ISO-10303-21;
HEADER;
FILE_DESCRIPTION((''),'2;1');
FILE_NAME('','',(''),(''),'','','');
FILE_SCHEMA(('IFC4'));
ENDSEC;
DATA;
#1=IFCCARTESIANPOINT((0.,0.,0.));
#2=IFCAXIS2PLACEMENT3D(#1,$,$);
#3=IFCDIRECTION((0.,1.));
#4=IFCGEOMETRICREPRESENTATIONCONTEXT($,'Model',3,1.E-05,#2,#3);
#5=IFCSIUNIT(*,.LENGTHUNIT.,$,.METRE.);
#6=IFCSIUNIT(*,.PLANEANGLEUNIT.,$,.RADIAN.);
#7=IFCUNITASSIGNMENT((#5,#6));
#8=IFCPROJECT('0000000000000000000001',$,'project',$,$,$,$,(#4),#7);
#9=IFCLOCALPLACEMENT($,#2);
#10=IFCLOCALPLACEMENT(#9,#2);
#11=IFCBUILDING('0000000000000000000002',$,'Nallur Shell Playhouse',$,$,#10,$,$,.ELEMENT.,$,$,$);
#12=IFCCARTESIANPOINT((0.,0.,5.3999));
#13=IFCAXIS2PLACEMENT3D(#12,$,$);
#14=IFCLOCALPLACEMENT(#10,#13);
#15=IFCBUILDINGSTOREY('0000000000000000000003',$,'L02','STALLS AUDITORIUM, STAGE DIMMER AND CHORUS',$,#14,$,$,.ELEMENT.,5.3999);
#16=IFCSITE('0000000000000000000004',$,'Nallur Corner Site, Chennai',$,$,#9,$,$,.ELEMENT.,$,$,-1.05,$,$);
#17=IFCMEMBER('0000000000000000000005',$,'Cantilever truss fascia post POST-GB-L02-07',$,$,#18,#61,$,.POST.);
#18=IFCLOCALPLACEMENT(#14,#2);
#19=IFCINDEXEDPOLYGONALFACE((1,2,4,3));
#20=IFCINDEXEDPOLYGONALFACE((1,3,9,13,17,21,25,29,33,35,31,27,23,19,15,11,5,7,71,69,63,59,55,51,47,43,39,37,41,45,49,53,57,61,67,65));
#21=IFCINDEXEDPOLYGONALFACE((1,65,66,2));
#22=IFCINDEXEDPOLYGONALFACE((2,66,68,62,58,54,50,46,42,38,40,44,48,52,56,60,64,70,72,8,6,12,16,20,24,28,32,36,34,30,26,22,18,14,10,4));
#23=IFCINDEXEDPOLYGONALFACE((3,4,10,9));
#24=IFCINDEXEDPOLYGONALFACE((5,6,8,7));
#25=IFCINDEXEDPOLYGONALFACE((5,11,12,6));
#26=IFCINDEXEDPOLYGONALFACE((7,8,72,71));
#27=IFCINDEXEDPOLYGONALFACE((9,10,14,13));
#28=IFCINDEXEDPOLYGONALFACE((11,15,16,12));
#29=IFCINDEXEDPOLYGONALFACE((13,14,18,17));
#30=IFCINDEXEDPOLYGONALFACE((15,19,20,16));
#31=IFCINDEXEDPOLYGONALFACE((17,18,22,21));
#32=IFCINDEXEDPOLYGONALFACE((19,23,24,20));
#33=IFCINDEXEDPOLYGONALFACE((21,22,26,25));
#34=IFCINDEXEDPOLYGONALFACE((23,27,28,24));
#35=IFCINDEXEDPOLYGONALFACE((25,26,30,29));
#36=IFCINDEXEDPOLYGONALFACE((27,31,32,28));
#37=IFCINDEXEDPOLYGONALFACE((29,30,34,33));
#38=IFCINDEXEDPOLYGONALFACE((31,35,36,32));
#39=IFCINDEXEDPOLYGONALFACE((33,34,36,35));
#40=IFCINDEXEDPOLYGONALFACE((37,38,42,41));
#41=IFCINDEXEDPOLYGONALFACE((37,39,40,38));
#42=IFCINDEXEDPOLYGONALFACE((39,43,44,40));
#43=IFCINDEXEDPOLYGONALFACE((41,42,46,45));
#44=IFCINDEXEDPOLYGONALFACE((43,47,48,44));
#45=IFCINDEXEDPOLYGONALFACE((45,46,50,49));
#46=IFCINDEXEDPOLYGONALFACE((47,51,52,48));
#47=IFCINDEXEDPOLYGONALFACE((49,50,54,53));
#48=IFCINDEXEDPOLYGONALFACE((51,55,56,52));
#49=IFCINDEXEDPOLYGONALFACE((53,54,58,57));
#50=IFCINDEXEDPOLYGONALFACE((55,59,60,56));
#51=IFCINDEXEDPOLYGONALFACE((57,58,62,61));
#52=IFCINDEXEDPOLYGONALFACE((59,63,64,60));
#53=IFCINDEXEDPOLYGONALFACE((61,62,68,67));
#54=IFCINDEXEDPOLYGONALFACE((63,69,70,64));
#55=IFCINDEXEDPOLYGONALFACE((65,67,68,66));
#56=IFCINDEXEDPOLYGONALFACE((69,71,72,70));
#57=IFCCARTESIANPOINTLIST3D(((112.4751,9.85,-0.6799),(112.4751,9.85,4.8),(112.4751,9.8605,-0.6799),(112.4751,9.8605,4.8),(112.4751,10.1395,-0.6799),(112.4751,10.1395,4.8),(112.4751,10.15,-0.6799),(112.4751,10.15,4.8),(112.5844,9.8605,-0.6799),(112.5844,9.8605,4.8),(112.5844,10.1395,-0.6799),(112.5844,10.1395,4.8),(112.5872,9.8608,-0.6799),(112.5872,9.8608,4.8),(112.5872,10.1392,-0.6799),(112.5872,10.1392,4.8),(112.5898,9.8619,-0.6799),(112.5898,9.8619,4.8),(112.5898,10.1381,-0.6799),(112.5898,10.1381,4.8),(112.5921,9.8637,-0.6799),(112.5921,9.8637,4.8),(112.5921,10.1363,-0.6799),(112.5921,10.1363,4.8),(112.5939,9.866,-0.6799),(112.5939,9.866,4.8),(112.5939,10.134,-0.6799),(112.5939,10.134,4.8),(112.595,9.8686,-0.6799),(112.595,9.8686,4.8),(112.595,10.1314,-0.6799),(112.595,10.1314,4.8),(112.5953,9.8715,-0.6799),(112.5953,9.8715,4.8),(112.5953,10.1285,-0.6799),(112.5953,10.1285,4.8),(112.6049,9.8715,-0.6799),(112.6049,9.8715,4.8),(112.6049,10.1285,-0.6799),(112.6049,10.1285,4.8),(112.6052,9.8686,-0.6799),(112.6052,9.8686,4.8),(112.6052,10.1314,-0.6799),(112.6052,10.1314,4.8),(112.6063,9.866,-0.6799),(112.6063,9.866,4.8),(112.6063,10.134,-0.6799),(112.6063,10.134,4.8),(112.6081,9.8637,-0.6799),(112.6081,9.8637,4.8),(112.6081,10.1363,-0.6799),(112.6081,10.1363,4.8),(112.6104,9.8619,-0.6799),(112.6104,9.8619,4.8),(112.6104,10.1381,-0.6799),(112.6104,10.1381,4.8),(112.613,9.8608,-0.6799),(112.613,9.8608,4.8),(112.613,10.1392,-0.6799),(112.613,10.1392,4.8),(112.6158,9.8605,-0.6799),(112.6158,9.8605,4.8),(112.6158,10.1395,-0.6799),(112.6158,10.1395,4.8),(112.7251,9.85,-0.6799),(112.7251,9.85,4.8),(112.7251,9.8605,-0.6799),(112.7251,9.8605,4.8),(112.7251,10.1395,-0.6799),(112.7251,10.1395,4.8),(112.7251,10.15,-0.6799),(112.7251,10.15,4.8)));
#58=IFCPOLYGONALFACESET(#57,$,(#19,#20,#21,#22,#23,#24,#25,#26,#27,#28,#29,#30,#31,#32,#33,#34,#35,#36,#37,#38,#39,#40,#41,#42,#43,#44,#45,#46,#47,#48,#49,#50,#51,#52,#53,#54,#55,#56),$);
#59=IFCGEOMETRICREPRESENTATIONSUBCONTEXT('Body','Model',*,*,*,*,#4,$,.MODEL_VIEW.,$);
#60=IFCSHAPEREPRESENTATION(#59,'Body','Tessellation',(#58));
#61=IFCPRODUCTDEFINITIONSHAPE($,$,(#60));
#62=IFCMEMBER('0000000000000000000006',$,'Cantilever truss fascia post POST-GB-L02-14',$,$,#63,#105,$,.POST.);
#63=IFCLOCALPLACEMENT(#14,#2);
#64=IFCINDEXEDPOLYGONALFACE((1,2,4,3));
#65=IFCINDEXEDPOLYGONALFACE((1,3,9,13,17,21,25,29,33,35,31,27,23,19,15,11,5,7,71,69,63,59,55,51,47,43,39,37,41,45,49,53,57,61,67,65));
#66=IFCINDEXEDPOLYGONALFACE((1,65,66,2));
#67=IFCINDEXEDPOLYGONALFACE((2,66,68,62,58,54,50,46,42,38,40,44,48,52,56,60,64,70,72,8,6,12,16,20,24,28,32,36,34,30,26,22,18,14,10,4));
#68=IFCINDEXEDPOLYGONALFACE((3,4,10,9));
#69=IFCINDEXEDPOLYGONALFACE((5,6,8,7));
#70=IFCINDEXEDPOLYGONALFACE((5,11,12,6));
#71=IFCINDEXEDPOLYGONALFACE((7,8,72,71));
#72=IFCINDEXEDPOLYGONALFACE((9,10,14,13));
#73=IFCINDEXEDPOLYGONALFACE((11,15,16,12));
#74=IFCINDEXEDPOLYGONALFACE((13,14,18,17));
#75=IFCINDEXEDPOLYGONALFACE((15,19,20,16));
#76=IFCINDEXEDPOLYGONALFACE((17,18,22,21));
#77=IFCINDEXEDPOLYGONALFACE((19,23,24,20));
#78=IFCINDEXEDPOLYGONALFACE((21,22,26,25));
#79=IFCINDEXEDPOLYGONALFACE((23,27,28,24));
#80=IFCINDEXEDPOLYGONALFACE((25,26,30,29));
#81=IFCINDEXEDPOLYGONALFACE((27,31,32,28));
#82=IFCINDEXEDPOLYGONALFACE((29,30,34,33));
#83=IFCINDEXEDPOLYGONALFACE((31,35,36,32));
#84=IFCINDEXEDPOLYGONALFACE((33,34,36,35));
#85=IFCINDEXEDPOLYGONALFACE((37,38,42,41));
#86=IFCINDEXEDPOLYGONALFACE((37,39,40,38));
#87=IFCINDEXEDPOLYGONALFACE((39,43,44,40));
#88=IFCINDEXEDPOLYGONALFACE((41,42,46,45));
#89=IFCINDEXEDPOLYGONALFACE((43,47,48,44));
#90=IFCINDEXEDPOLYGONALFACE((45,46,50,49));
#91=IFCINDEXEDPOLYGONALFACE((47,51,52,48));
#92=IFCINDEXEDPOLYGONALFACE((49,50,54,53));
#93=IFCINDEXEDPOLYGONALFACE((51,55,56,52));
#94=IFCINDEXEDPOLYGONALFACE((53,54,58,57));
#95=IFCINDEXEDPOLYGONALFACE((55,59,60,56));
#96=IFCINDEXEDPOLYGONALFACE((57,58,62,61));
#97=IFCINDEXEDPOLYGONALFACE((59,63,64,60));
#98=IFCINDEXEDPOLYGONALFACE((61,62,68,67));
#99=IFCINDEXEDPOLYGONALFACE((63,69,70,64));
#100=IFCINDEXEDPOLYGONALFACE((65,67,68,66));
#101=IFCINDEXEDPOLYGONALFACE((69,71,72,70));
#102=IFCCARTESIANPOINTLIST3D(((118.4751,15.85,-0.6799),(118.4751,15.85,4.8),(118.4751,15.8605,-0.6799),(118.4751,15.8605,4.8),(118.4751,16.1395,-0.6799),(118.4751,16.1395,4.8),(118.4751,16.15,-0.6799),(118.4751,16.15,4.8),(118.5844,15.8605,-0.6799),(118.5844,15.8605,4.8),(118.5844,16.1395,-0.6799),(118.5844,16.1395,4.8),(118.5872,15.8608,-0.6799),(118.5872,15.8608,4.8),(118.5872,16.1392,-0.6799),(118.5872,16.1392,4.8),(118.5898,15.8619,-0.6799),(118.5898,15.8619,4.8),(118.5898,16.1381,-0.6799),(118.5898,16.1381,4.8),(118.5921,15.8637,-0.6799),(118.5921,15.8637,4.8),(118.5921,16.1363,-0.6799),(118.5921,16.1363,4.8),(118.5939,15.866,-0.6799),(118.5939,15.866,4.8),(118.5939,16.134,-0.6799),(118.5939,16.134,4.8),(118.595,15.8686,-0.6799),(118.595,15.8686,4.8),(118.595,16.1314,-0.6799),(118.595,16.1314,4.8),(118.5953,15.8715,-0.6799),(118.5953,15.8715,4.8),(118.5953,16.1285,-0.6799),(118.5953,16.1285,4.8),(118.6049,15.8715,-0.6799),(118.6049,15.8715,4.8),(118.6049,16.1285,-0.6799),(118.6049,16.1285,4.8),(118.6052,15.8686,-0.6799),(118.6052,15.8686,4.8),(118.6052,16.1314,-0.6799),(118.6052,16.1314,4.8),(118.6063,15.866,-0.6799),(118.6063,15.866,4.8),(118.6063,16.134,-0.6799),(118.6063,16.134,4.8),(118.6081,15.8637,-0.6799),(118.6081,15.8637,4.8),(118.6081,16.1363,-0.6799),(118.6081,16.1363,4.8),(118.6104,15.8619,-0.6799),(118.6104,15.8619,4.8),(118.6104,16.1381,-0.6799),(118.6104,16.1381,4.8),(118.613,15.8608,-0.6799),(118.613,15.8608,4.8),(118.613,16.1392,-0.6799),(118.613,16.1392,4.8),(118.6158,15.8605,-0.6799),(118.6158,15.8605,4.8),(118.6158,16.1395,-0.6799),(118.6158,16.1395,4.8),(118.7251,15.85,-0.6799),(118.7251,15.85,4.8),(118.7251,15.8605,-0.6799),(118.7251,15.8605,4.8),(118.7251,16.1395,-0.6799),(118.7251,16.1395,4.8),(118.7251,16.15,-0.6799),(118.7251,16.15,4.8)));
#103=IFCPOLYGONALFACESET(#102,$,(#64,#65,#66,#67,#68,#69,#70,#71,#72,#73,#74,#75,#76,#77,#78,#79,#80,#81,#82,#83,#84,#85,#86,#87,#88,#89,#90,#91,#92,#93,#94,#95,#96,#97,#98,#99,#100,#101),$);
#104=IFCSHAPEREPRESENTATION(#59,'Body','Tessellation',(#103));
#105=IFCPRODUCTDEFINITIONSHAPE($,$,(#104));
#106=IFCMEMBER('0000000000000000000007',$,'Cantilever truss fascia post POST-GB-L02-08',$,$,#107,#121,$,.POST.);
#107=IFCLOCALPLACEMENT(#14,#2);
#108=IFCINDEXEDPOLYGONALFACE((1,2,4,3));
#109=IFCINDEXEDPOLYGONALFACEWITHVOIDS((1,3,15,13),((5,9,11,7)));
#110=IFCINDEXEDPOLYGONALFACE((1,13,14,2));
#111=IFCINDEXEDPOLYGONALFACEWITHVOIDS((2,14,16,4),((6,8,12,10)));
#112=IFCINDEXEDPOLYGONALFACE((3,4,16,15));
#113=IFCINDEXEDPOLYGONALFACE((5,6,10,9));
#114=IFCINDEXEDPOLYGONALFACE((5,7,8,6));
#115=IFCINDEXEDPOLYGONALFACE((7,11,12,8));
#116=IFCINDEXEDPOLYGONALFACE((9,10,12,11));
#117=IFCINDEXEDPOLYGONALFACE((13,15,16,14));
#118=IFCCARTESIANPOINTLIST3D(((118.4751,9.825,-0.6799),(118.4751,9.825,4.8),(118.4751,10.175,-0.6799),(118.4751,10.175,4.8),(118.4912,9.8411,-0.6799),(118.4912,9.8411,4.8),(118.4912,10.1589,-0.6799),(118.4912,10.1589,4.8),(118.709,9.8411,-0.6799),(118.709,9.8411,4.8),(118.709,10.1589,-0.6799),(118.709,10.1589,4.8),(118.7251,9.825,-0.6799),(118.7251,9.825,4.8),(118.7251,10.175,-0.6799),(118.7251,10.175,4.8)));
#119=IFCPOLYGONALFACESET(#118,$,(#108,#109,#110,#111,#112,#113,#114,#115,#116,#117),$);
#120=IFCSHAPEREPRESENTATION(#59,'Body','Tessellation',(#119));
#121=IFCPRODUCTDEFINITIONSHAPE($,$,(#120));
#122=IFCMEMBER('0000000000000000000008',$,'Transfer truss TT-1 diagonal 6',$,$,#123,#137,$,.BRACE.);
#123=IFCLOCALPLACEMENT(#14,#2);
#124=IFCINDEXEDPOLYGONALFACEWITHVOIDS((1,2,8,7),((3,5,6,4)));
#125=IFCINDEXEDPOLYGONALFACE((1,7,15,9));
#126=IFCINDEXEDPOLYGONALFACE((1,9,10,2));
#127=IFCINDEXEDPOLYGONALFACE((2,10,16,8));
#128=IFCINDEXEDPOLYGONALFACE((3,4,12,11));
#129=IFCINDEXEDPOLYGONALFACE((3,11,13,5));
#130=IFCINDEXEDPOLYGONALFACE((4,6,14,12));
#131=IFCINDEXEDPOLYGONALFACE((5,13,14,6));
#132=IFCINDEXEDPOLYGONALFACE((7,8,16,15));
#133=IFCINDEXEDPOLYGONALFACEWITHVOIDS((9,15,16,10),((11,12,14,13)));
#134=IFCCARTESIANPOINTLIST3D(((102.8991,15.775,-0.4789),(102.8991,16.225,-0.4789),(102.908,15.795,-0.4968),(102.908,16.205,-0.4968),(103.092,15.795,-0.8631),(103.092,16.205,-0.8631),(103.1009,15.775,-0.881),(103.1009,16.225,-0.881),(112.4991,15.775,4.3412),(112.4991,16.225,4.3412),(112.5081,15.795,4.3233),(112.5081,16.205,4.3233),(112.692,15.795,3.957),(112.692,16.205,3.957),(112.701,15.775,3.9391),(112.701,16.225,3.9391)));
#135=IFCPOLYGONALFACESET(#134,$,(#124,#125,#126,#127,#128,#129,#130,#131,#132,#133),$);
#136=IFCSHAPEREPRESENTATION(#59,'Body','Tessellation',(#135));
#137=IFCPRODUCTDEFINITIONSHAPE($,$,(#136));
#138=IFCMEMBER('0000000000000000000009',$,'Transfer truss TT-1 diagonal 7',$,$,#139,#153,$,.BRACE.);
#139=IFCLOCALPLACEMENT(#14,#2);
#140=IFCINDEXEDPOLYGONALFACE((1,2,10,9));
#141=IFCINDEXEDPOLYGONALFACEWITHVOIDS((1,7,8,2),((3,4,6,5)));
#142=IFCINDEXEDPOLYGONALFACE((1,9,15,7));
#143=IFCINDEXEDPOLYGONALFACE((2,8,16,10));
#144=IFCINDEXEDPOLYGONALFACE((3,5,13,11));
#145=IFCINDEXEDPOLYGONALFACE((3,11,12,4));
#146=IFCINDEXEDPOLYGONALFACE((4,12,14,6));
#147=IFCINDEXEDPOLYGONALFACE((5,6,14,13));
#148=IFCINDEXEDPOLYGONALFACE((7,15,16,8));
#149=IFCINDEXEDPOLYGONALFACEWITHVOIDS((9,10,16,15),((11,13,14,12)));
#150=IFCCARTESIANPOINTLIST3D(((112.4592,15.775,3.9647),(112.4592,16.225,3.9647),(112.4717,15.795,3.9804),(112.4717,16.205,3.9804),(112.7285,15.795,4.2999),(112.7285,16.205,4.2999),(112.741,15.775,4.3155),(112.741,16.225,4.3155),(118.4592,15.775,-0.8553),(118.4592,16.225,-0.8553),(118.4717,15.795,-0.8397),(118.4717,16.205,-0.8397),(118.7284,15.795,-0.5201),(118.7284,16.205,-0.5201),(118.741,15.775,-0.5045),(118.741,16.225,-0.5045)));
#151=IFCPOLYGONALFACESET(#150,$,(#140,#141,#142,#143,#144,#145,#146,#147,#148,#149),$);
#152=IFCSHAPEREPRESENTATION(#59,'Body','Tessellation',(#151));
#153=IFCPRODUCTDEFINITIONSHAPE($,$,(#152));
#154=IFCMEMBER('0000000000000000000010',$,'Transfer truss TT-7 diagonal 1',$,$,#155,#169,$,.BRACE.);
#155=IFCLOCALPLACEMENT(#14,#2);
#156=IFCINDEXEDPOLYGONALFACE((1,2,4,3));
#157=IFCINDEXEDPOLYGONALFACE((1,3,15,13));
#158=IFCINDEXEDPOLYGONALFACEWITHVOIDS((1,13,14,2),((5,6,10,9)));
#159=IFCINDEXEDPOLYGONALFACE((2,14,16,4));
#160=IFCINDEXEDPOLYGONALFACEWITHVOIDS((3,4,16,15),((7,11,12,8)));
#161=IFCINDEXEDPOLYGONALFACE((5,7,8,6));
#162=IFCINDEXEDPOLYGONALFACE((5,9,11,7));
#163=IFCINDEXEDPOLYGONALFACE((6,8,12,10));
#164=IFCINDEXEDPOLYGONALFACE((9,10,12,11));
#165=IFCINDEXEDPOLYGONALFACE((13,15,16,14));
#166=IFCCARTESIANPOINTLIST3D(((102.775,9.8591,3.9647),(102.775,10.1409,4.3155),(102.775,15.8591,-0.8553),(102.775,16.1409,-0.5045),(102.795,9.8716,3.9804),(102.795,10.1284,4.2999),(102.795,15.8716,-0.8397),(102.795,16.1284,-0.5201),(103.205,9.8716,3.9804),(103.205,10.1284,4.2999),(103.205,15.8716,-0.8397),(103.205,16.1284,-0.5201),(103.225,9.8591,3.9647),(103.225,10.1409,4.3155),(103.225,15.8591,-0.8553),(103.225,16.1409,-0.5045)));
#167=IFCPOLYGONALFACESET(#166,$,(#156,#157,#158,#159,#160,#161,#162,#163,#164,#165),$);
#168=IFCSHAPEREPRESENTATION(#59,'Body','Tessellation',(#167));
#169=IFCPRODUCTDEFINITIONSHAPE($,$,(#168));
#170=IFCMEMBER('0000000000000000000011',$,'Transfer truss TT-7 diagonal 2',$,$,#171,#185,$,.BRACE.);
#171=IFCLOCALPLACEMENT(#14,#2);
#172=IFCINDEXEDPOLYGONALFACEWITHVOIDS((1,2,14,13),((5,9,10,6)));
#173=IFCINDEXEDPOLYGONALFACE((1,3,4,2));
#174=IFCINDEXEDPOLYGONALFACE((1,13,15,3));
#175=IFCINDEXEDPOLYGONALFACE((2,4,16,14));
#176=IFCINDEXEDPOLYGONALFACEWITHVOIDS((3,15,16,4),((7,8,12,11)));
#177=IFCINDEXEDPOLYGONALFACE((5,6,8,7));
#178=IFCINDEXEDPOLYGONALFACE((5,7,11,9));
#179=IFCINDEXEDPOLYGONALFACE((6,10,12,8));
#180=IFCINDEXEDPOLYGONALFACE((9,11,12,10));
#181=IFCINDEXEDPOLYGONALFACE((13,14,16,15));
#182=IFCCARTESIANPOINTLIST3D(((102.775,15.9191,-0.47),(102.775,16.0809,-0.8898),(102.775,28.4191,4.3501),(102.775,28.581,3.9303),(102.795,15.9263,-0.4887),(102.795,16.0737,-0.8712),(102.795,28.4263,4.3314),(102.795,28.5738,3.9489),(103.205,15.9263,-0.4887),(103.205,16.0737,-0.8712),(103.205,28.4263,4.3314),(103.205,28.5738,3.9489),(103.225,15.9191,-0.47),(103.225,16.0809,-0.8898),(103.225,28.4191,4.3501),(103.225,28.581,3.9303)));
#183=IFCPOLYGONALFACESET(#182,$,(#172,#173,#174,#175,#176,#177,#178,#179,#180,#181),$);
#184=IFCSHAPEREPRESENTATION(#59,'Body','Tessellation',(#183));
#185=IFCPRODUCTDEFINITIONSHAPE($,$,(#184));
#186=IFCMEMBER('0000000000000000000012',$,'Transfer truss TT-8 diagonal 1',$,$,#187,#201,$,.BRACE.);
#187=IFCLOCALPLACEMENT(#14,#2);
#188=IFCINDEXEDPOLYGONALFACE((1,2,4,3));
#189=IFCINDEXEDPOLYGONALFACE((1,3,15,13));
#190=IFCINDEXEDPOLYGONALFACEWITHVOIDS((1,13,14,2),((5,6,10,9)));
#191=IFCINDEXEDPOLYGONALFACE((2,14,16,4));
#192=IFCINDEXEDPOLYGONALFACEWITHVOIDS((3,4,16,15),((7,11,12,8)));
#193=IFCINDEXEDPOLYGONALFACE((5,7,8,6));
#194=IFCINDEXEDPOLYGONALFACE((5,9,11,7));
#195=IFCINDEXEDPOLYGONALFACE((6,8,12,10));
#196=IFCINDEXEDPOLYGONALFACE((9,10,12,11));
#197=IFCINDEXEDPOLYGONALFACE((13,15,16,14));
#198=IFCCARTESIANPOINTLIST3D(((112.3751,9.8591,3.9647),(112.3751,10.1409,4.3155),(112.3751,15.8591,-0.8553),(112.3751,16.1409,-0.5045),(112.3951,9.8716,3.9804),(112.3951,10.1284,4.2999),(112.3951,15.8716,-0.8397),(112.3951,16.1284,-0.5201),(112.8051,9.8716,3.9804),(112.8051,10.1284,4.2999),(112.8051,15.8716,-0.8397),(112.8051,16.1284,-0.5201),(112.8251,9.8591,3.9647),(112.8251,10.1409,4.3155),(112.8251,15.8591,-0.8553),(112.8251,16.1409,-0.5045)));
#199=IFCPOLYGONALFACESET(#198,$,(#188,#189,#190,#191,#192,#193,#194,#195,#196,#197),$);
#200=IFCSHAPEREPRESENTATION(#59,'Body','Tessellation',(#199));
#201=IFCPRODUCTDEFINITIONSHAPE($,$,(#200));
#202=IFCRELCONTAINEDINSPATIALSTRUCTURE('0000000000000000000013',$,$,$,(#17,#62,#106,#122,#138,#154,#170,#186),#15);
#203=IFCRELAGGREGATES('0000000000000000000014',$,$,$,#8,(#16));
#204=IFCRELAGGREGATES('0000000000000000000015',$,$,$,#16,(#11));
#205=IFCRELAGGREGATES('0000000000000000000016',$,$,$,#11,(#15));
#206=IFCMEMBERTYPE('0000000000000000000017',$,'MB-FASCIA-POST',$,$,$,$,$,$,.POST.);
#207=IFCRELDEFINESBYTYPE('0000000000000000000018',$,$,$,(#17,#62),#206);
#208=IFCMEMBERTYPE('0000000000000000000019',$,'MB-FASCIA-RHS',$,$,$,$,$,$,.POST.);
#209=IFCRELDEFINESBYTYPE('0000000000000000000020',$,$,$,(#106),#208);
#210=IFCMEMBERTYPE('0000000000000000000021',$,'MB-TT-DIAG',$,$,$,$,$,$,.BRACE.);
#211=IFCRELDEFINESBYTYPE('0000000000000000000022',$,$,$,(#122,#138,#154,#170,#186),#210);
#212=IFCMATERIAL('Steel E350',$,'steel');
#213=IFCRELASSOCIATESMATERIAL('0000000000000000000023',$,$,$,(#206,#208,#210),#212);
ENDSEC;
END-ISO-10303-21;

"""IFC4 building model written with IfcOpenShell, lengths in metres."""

from ifc_helpers import new_model, si_unit, direction, frame, origin, origin_2d, place, context, subcontext, project, spatial, hollow_rectangle, i_section, extrude, material, material_profile, profile_set, type_object, element, save


model = new_model("IFC4")

# Units and contexts
model_context = context("Model", 3, precision=1e-05, world=origin(), true_north=direction((0.0, 1.0)))
body_context = subcontext(model_context, "Body", "Model", "MODEL_VIEW")
ifc_project = project(units=[si_unit("LENGTHUNIT", "METRE"), si_unit("PLANEANGLEUNIT", "RADIAN")], contexts=[model_context])

# Site, building, storey
site_placement = place(None, origin())
site = spatial("IfcSite", under=ifc_project, at=site_placement, Name="Nallur Corner Site, Chennai", CompositionType="ELEMENT", RefElevation=-1.05)
building_placement = place(site_placement, origin())
building = spatial("IfcBuilding", under=site, at=building_placement, Name="Nallur Shell Playhouse", CompositionType="ELEMENT")
storey_placement = place(building_placement, frame((0.0, 0.0, 5.3999)))
storey = spatial("IfcBuildingStorey", under=building, at=storey_placement, Name="L02", Description="STALLS AUDITORIUM, STAGE DIMMER AND CHORUS", CompositionType="ELEMENT", Elevation=5.3999)

# Shared definitions
ifc_material_1 = material(Name="Steel E350", Category="steel")

# Members
ifc_material_profile_1 = material_profile(ifc_material_1, i_section(OverallWidth=0.25, OverallDepth=0.3, WebThickness=0.0095, FlangeThickness=0.0105, FilletRadius=0.011, at=origin_2d()), Name="ISHB 300")
ifc_profile_set_1 = profile_set([ifc_material_profile_1], Name="Steel E350")
member_type_1 = type_object("IfcMemberType", Name="MB-FASCIA-POST", PredefinedType="POST", material=ifc_profile_set_1)
for number, where, z_axis, x_axis, name in (
    (1, (112.6001, 10.0, -0.6799), (0.0, 0.0, 1.0), (1.0, 0.0, 0.0), "Cantilever truss fascia post POST-GB-L02-07"),
    (2, (118.6001, 16.0, -0.6799), (0.0, 0.0, 1.0), (1.0, 0.0, 0.0), "Cantilever truss fascia post POST-GB-L02-14"),
):
    element("IfcMember", number, at=place(storey_placement, frame(where, z_axis=z_axis, x_axis=x_axis)), inside=storey, type_object=member_type_1, Name=name, PredefinedType="POST", context=body_context, shape_type="SweptSolid", body=[
        extrude(i_section(OverallWidth=0.25, OverallDepth=0.3, WebThickness=0.0095, FlangeThickness=0.0105, FilletRadius=0.011, at=origin_2d()), origin(), (0.0, 0.0, 1.0), 5.48),
    ])
ifc_material_profile_2 = material_profile(ifc_material_1, hollow_rectangle(XDim=0.25, YDim=0.3501, WallThickness=0.0161, at=origin_2d()), Name="RHS 350x250x16")
ifc_profile_set_2 = profile_set([ifc_material_profile_2], Name="Steel E350")
member_type_2 = type_object("IfcMemberType", Name="MB-FASCIA-RHS", PredefinedType="POST", material=ifc_profile_set_2)
member_1_placement = place(storey_placement, frame((118.6001, 10.0, -0.6799), z_axis=(0.0, 0.0, 1.0), x_axis=(1.0, 0.0, 0.0)))
element("IfcMember", 3, at=member_1_placement, inside=storey, type_object=member_type_2, Name="Cantilever truss fascia post POST-GB-L02-08", PredefinedType="POST", context=body_context, shape_type="SweptSolid", body=[
    extrude(hollow_rectangle(XDim=0.25, YDim=0.3501, WallThickness=0.0161, at=origin_2d()), origin(), (0.0, 0.0, 1.0), 5.48),
])
ifc_material_profile_3 = material_profile(ifc_material_1, hollow_rectangle(XDim=0.45, YDim=0.45, WallThickness=0.02, at=origin_2d()), Name="BOX 450x450x20")
ifc_profile_set_3 = profile_set([ifc_material_profile_3], Name="Steel E350")
member_type_3 = type_object("IfcMemberType", Name="MB-TT-DIAG", PredefinedType="BRACE", material=ifc_profile_set_3)
member_2_placement = place(storey_placement, frame((103.0, 16.0, -0.6799), z_axis=(0.89368, 0.0, 0.448704), x_axis=(0.0, 1.0, 0.0)))
element("IfcMember", 4, at=member_2_placement, inside=storey, type_object=member_type_3, Name="Transfer truss TT-1 diagonal 6", PredefinedType="BRACE", context=body_context, shape_type="SweptSolid", body=[
    extrude(hollow_rectangle(XDim=0.45, YDim=0.45, WallThickness=0.02, at=origin_2d()), origin(), (0.0, 0.0, 1.0), 10.7422),
])
for number, where, z_axis, x_axis, name in (
    (5, (112.6001, 16.0, 4.1401), (0.779595, 0.0, -0.626284), (0.0, 1.0, 0.0), "Transfer truss TT-1 diagonal 7"),
    (6, (103.0, 10.0, 4.1401), (0.0, 0.779595, -0.626284), (-1.0, 0.0, 0.0), "Transfer truss TT-7 diagonal 1"),
):
    element("IfcMember", number, at=place(storey_placement, frame(where, z_axis=z_axis, x_axis=x_axis)), inside=storey, type_object=member_type_3, Name=name, PredefinedType="BRACE", context=body_context, shape_type="SweptSolid", body=[
        extrude(hollow_rectangle(XDim=0.45, YDim=0.45, WallThickness=0.02, at=origin_2d()), origin(), (0.0, 0.0, 1.0), 7.6963),
    ])
member_3_placement = place(storey_placement, frame((103.0, 16.0, -0.6799), z_axis=(0.0, 0.933036, 0.359784), x_axis=(-1.0, 0.0, 0.0)))
element("IfcMember", 7, at=member_3_placement, inside=storey, type_object=member_type_3, Name="Transfer truss TT-7 diagonal 2", PredefinedType="BRACE", context=body_context, shape_type="SweptSolid", body=[
    extrude(hollow_rectangle(XDim=0.45, YDim=0.45, WallThickness=0.02, at=origin_2d()), origin(), (0.0, 0.0, 1.0), 13.3972),
])
member_4_placement = place(storey_placement, frame((112.6001, 10.0, 4.1401), z_axis=(0.0, 0.779595, -0.626284), x_axis=(-1.0, 0.0, 0.0)))
element("IfcMember", 8, at=member_4_placement, inside=storey, type_object=member_type_3, Name="Transfer truss TT-8 diagonal 1", PredefinedType="BRACE", context=body_context, shape_type="SweptSolid", body=[
    extrude(hollow_rectangle(XDim=0.45, YDim=0.45, WallThickness=0.02, at=origin_2d()), origin(), (0.0, 0.0, 1.0), 7.6963),
])

save(model, "model.ifc")
